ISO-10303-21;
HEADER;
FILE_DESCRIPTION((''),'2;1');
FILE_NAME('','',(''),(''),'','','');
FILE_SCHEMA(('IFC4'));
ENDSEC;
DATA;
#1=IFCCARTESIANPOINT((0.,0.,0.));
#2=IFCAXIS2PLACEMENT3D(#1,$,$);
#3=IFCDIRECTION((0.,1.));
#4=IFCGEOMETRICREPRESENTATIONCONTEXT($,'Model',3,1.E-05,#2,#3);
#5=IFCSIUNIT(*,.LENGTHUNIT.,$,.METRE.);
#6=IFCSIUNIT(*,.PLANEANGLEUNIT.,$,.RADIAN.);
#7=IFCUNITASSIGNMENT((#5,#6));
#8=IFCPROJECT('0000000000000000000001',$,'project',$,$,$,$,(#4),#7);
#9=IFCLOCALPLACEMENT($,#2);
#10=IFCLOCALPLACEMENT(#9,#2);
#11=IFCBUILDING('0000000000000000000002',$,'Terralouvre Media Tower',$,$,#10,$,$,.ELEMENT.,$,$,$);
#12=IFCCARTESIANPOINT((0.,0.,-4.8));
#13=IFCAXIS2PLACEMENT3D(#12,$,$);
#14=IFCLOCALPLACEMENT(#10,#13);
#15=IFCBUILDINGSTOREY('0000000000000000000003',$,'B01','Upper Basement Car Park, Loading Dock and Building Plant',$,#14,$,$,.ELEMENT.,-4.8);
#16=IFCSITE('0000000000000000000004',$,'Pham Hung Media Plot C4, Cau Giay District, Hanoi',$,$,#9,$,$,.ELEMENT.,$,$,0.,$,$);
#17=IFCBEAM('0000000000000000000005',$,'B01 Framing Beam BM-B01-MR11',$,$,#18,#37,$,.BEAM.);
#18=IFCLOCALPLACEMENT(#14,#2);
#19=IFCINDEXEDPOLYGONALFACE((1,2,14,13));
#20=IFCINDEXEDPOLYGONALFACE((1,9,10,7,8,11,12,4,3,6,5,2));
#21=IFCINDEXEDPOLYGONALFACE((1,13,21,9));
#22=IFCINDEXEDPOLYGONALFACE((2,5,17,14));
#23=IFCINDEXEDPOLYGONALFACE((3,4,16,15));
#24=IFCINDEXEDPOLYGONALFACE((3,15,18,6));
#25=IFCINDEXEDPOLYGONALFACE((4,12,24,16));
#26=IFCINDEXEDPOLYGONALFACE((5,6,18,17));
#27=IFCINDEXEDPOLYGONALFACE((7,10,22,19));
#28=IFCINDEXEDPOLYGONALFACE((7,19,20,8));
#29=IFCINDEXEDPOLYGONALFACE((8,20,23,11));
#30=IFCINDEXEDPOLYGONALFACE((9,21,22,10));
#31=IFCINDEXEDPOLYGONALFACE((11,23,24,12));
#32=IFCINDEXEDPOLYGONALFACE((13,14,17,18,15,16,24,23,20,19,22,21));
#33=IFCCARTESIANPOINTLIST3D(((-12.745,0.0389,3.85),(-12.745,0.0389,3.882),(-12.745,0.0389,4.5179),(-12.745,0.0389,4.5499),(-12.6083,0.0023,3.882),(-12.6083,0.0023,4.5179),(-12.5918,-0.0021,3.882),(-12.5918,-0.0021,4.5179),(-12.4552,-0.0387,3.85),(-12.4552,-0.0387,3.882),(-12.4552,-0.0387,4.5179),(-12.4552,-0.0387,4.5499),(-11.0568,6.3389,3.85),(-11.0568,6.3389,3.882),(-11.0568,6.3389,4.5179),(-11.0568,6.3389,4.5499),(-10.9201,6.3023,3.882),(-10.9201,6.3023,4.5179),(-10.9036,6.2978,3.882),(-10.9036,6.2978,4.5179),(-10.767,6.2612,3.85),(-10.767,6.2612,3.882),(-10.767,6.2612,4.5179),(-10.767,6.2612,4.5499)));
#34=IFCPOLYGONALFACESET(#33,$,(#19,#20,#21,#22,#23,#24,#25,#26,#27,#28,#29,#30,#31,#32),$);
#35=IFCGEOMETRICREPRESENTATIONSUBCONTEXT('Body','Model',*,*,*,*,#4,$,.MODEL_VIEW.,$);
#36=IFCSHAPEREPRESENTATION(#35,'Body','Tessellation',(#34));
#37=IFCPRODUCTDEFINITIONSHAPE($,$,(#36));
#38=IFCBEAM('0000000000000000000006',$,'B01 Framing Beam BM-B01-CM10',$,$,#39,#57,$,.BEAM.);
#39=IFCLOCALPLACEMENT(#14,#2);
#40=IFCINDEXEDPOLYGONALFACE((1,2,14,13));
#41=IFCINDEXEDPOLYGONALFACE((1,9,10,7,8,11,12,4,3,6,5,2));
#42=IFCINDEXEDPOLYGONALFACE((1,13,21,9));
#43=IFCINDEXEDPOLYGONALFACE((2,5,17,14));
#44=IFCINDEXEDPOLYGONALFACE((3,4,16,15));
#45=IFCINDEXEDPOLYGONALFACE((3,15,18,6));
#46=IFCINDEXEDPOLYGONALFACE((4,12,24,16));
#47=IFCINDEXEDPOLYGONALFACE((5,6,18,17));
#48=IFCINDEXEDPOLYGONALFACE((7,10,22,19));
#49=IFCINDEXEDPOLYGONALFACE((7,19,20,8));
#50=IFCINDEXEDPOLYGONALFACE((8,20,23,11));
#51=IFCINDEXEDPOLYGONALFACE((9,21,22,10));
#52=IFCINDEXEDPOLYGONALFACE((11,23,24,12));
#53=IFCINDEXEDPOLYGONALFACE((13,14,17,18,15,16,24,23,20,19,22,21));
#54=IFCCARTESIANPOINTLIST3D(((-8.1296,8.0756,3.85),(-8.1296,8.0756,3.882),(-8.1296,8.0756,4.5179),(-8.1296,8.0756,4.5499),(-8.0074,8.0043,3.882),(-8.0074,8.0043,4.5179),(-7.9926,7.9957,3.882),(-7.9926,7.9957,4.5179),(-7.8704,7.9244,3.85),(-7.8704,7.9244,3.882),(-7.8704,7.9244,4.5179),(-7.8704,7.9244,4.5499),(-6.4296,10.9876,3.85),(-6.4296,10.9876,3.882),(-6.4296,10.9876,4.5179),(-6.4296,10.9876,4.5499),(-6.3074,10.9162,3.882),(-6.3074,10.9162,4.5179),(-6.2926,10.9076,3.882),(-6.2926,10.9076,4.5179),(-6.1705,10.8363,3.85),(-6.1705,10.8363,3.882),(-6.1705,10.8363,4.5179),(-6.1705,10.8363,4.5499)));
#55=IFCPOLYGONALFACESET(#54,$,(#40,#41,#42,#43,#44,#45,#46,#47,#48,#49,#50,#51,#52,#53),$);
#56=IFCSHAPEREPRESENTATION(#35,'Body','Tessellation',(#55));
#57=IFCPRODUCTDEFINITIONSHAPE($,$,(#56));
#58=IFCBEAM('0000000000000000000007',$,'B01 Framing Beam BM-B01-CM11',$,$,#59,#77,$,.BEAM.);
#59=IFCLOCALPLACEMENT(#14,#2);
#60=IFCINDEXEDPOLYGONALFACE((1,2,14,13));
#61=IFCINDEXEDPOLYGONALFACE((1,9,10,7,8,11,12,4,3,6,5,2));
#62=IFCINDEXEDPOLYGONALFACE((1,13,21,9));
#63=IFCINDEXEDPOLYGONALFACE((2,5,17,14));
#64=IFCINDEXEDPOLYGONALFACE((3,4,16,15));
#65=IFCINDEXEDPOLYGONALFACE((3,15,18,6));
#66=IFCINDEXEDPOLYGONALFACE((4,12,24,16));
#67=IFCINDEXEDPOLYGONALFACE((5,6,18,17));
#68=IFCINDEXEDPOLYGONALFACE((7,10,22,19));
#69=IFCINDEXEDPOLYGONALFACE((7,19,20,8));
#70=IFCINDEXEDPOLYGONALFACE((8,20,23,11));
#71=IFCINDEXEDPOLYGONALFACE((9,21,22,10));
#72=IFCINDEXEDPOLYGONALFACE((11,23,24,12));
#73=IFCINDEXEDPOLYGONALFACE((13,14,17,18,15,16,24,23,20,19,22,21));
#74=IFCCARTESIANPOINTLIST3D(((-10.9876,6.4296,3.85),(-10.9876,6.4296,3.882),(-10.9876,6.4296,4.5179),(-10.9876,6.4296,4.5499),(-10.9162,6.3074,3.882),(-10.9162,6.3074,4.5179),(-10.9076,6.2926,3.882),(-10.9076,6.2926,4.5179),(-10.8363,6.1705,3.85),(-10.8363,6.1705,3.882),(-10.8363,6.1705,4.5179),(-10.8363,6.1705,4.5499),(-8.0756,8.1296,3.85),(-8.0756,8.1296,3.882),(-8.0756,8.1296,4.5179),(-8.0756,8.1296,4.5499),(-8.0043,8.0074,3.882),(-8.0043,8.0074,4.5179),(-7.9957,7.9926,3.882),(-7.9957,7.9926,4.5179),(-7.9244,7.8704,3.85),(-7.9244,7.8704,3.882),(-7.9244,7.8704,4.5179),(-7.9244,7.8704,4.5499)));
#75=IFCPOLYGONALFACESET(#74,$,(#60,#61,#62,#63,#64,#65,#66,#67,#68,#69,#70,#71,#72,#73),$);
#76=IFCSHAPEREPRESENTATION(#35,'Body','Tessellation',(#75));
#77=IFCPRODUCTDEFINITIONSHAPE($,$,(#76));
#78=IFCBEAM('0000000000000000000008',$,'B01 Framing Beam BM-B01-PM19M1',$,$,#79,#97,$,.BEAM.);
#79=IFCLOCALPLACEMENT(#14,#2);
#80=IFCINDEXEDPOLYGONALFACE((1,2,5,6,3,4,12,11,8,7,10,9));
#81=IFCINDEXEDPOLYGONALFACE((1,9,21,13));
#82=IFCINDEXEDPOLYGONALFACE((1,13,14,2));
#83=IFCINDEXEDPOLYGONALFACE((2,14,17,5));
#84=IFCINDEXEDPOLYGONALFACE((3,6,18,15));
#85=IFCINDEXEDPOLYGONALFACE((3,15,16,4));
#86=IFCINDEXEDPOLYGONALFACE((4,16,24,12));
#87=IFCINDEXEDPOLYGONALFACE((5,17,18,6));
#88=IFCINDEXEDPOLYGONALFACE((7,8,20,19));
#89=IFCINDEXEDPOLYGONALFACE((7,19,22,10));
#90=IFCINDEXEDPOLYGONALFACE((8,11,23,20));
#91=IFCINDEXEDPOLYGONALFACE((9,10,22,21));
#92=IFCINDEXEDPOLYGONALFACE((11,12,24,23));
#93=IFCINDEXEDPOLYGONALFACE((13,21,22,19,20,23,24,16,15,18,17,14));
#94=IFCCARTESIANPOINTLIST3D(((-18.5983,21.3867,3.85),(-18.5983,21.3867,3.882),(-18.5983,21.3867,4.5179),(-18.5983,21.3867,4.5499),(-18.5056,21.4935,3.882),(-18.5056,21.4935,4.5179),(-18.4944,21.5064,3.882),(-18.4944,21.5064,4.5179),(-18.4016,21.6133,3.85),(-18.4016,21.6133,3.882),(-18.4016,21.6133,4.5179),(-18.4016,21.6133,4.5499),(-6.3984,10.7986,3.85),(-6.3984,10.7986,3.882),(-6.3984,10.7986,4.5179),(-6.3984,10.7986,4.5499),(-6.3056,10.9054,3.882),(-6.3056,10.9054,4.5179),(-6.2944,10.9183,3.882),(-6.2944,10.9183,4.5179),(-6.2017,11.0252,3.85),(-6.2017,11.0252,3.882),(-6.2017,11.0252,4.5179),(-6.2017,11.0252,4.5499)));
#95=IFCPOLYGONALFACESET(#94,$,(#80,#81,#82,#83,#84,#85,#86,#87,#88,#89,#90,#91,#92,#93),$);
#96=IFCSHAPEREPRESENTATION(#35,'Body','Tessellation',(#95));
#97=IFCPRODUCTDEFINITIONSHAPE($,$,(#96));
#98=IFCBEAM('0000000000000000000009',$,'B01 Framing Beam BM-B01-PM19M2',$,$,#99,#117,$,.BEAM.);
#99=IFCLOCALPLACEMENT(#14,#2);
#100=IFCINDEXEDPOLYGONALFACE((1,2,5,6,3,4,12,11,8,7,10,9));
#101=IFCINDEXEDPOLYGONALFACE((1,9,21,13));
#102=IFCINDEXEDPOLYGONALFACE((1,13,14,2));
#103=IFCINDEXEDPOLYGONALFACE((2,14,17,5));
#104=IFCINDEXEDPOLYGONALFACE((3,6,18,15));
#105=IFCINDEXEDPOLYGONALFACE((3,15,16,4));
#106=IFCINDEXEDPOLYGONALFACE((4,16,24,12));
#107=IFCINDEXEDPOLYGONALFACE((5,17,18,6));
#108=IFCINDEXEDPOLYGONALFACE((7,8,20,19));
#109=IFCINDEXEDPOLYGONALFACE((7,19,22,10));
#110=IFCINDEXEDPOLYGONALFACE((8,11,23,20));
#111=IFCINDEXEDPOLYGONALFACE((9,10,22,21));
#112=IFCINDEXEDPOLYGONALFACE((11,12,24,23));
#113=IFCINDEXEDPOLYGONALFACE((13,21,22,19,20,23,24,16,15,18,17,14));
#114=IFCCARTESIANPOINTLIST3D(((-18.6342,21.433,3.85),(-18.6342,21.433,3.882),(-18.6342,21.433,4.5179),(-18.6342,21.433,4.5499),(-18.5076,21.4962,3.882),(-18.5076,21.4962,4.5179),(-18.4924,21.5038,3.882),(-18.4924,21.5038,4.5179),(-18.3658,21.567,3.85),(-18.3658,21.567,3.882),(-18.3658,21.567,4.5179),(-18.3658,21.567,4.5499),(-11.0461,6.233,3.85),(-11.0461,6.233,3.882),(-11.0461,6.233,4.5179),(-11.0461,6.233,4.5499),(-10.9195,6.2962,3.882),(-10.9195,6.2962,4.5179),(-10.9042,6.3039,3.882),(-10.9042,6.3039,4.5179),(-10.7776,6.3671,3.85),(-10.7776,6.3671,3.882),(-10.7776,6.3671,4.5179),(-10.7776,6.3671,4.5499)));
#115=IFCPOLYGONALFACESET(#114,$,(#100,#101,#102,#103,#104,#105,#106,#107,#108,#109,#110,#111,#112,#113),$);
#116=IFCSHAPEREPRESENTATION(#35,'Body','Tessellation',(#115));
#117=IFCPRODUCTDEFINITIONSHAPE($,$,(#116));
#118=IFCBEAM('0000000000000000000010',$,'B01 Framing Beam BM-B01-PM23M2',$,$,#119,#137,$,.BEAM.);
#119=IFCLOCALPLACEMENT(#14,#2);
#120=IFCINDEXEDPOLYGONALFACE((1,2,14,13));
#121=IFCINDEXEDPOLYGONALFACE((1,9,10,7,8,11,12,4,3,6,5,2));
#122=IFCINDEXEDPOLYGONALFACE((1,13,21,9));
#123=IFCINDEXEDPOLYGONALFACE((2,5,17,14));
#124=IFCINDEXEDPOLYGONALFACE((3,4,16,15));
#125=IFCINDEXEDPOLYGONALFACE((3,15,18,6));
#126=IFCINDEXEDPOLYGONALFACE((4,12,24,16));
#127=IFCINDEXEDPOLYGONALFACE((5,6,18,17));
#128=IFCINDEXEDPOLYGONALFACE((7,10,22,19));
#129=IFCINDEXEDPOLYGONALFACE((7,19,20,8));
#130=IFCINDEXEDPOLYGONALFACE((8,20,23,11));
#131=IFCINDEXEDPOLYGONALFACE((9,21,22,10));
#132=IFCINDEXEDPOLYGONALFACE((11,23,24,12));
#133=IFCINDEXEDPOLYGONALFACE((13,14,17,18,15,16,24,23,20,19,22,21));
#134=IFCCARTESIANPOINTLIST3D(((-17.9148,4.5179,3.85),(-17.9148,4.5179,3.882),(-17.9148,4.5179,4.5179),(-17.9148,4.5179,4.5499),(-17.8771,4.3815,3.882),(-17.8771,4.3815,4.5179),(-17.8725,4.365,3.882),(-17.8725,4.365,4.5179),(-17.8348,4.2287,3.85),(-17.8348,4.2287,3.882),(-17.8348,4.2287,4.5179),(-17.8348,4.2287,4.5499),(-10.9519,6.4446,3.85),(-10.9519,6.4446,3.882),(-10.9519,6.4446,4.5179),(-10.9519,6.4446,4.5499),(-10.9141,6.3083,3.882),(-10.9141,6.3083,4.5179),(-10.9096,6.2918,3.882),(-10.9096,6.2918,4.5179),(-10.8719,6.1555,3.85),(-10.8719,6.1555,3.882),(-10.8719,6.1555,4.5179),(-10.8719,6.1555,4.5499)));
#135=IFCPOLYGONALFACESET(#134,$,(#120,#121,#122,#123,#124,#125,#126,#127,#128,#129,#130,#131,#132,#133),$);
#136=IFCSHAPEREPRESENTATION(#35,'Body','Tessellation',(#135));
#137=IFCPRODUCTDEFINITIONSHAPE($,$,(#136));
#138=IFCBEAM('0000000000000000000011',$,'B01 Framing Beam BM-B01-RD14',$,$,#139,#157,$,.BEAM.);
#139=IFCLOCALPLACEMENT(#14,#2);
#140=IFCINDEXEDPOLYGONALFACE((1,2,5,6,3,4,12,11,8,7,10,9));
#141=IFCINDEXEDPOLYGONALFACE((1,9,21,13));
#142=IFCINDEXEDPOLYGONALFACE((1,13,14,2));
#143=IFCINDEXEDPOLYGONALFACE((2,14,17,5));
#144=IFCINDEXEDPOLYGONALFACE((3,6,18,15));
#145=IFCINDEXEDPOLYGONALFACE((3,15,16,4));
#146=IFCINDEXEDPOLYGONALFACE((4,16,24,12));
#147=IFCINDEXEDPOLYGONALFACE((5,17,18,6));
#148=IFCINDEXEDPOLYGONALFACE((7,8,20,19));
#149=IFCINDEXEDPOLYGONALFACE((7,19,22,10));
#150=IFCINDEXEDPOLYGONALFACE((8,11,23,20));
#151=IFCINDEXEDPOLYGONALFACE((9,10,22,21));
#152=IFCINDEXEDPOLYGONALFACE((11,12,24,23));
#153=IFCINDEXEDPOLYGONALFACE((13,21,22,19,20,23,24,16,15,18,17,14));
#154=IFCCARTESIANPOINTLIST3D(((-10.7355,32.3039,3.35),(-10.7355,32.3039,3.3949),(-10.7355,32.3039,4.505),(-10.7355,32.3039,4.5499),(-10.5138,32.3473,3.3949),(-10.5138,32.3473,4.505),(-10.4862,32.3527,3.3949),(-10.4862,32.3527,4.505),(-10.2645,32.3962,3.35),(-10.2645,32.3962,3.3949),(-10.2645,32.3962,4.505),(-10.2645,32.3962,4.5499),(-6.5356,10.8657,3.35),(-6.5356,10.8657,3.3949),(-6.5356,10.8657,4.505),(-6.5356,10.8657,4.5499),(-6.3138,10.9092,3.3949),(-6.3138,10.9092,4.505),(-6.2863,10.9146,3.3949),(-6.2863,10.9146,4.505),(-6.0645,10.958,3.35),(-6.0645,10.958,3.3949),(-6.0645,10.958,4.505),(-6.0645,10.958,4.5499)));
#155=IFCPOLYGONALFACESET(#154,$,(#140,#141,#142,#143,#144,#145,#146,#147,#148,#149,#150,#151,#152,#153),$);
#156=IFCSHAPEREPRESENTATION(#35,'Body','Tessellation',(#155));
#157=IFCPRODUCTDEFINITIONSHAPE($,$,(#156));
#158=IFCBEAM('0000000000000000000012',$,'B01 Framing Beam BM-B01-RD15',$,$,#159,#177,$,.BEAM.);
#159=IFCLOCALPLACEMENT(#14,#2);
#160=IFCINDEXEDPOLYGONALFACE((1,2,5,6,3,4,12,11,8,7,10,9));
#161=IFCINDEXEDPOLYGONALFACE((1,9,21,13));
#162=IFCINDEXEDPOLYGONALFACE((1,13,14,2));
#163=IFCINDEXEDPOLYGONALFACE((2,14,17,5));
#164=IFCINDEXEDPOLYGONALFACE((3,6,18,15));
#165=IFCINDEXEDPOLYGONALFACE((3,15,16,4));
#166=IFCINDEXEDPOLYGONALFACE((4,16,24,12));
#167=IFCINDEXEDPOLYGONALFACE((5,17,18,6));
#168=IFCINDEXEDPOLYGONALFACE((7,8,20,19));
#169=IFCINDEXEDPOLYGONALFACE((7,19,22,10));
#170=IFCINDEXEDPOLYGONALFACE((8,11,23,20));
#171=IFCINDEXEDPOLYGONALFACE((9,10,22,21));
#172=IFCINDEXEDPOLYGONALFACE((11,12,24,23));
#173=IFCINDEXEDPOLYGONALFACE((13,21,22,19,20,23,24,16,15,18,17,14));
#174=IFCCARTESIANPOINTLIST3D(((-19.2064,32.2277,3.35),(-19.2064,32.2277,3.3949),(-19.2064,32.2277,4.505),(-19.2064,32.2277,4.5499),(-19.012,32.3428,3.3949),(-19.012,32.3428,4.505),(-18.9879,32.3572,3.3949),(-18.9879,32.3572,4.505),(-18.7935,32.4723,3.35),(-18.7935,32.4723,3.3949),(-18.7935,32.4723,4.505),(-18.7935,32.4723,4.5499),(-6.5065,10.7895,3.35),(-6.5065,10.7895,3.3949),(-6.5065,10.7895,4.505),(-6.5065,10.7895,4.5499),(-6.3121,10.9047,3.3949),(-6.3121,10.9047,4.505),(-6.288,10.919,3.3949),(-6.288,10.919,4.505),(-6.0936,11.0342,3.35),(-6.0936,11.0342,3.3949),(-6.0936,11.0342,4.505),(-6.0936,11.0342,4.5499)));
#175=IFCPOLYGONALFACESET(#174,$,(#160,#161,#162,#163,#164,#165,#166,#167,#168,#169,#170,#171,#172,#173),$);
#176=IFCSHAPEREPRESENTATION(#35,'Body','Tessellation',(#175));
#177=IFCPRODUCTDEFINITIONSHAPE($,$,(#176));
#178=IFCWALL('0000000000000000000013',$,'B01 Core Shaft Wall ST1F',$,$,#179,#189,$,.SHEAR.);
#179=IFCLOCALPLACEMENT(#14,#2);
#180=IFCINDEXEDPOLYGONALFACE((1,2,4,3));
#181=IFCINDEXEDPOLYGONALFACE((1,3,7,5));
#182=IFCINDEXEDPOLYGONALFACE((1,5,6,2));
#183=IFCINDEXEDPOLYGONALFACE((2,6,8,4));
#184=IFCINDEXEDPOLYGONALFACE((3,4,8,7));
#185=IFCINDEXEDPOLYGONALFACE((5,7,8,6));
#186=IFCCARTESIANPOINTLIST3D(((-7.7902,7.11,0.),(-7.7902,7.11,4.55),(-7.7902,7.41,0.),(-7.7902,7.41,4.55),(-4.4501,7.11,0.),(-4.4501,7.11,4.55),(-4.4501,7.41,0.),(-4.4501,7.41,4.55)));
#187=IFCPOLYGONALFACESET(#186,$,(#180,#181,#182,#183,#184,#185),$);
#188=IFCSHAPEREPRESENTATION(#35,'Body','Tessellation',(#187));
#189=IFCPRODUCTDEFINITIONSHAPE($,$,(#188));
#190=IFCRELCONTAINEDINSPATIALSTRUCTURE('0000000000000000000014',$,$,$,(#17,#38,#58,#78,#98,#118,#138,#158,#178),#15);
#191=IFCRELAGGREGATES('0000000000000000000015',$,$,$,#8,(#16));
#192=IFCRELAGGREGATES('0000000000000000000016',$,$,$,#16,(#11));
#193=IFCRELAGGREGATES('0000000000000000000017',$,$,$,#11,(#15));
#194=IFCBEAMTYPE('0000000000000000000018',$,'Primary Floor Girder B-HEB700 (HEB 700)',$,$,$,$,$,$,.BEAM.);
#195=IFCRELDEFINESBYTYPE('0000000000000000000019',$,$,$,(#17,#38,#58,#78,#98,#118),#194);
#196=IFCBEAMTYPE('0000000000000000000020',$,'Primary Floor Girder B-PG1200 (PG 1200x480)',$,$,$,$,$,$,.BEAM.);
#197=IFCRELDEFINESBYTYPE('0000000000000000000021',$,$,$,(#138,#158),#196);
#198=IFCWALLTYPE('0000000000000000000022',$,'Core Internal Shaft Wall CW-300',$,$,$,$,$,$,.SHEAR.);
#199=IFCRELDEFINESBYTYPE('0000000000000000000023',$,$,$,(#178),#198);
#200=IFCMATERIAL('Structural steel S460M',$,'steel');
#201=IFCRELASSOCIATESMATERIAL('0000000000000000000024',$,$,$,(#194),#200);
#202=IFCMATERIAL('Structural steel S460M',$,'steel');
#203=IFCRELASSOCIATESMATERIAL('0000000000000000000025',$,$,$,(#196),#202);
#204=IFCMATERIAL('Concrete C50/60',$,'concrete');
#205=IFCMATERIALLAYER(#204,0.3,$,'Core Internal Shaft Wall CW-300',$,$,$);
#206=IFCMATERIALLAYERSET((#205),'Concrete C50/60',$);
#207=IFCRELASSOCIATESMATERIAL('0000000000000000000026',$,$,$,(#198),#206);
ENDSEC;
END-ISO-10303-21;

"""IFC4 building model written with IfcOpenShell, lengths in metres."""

from ifc_helpers import new_model, si_unit, direction, frame, frame_2d, origin, origin_2d, place, context, subcontext, project, spatial, rectangle, i_section, extrude, material, layer, layer_set, material_profile, profile_set, type_object, element, save


model = new_model("IFC4")

# Units and contexts
model_context = context("Model", 3, precision=1e-05, world=origin(), true_north=direction((0.0, 1.0)))
body_context = subcontext(model_context, "Body", "Model", "MODEL_VIEW")
ifc_project = project(units=[si_unit("LENGTHUNIT", "METRE"), si_unit("PLANEANGLEUNIT", "RADIAN")], contexts=[model_context])

# Site, building, storey
site_placement = place(None, origin())
site = spatial("IfcSite", under=ifc_project, at=site_placement, Name="Pham Hung Media Plot C4, Cau Giay District, Hanoi", CompositionType="ELEMENT", RefElevation=0.0)
building_placement = place(site_placement, origin())
building = spatial("IfcBuilding", under=site, at=building_placement, Name="Terralouvre Media Tower", CompositionType="ELEMENT")
storey_placement = place(building_placement, frame((0.0, 0.0, -4.8)))
storey = spatial("IfcBuildingStorey", under=building, at=storey_placement, Name="B01", Description="Upper Basement Car Park, Loading Dock and Building Plant", CompositionType="ELEMENT", Elevation=-4.8)

# Beams
ifc_material_1 = material(Name="Structural steel S460M", Category="steel")
ifc_material_profile_1 = material_profile(ifc_material_1, i_section(OverallWidth=0.3, OverallDepth=0.7, WebThickness=0.0171, FlangeThickness=0.032, at=origin_2d()), Name="HEB 700")
ifc_profile_set_1 = profile_set([ifc_material_profile_1], Name="Structural steel S460M")
beam_type_1 = type_object("IfcBeamType", Name="Primary Floor Girder B-HEB700 (HEB 700)", PredefinedType="BEAM", material=ifc_profile_set_1)
beam_1_placement = place(storey_placement, frame((-10.9119, 6.3, 4.2), z_axis=(-0.258839, -0.96592, 0.0), x_axis=(0.96592, -0.258839, 0.0)))
element("IfcBeam", 1, at=beam_1_placement, inside=storey, type_object=beam_type_1, Name="B01 Framing Beam BM-B01-MR11", PredefinedType="BEAM", context=body_context, shape_type="SweptSolid", body=[
    extrude(i_section(OverallWidth=0.3, OverallDepth=0.7, WebThickness=0.0171, FlangeThickness=0.032, at=origin_2d()), origin(), (0.0, 0.0, 1.0), 6.5222),
])
for number, where, z_axis, x_axis, name in (
    (2, (-8.0, 8.0, 4.2), (0.504173, 0.863603, 0.0), (-0.863603, 0.504173, 0.0), "B01 Framing Beam BM-B01-CM10"),
    (3, (-8.0, 8.0, 4.2), (-0.863603, -0.504173, 0.0), (0.504173, -0.863603, 0.0), "B01 Framing Beam BM-B01-CM11"),
):
    element("IfcBeam", number, at=place(storey_placement, frame(where, z_axis=z_axis, x_axis=x_axis)), inside=storey, type_object=beam_type_1, Name=name, PredefinedType="BEAM", context=body_context, shape_type="SweptSolid", body=[
        extrude(i_section(OverallWidth=0.3, OverallDepth=0.7, WebThickness=0.0171, FlangeThickness=0.032, at=origin_2d()), origin(), (0.0, 0.0, 1.0), 3.3718),
    ])
beam_2_placement = place(storey_placement, frame((-6.3, 10.9119, 4.2), z_axis=(-0.755234, 0.655455, 0.0), x_axis=(-0.655455, -0.755234, 0.0)))
element("IfcBeam", 4, at=beam_2_placement, inside=storey, type_object=beam_type_1, Name="B01 Framing Beam BM-B01-PM19M1", PredefinedType="BEAM", context=body_context, shape_type="SweptSolid", body=[
    extrude(i_section(OverallWidth=0.3, OverallDepth=0.7, WebThickness=0.0171, FlangeThickness=0.032, at=origin_2d()), origin(), (0.0, 0.0, 1.0), 16.1538),
])
beam_3_placement = place(storey_placement, frame((-10.9119, 6.3, 4.2), z_axis=(-0.446656, 0.894706, 0.0), x_axis=(-0.894706, -0.446656, 0.0)))
element("IfcBeam", 5, at=beam_3_placement, inside=storey, type_object=beam_type_1, Name="B01 Framing Beam BM-B01-PM19M2", PredefinedType="BEAM", context=body_context, shape_type="SweptSolid", body=[
    extrude(i_section(OverallWidth=0.3, OverallDepth=0.7, WebThickness=0.0171, FlangeThickness=0.032, at=origin_2d()), origin(), (0.0, 0.0, 1.0), 16.9888),
])
beam_4_placement = place(storey_placement, frame((-10.9119, 6.3, 4.2), z_axis=(-0.963781, -0.266696, 0.0), x_axis=(0.266696, -0.963781, 0.0)))
element("IfcBeam", 6, at=beam_4_placement, inside=storey, type_object=beam_type_1, Name="B01 Framing Beam BM-B01-PM23M2", PredefinedType="BEAM", context=body_context, shape_type="SweptSolid", body=[
    extrude(i_section(OverallWidth=0.3, OverallDepth=0.7, WebThickness=0.0171, FlangeThickness=0.032, at=origin_2d()), origin(), (0.0, 0.0, 1.0), 7.2246),
])
ifc_material_2 = material(Name="Structural steel S460M", Category="steel")
ifc_material_profile_2 = material_profile(ifc_material_2, i_section(OverallWidth=0.48, OverallDepth=1.2, WebThickness=0.0281, FlangeThickness=0.0449, at=origin_2d()), Name="PG 1200x480")
ifc_profile_set_2 = profile_set([ifc_material_profile_2], Name="Structural steel S460M")
beam_type_2 = type_object("IfcBeamType", Name="Primary Floor Girder B-PG1200 (PG 1200x480)", PredefinedType="BEAM", material=ifc_profile_set_2)
beam_5_placement = place(storey_placement, frame((-6.3, 10.9119, 3.95), z_axis=(-0.192255, 0.981345, 0.0), x_axis=(-0.981345, -0.192255, 0.0)))
element("IfcBeam", 7, at=beam_5_placement, inside=storey, type_object=beam_type_2, Name="B01 Framing Beam BM-B01-RD14", PredefinedType="BEAM", context=body_context, shape_type="SweptSolid", body=[
    extrude(i_section(OverallWidth=0.48, OverallDepth=1.2, WebThickness=0.0281, FlangeThickness=0.0449, at=origin_2d()), origin(), (0.0, 0.0, 1.0), 21.8457),
])
beam_6_placement = place(storey_placement, frame((-6.3, 10.9119, 3.95), z_axis=(-0.509678, 0.860365, 0.0), x_axis=(-0.860365, -0.509678, 0.0)))
element("IfcBeam", 8, at=beam_6_placement, inside=storey, type_object=beam_type_2, Name="B01 Framing Beam BM-B01-RD15", PredefinedType="BEAM", context=body_context, shape_type="SweptSolid", body=[
    extrude(i_section(OverallWidth=0.48, OverallDepth=1.2, WebThickness=0.0281, FlangeThickness=0.0449, at=origin_2d()), origin(), (0.0, 0.0, 1.0), 24.9175),
])

# Wall
ifc_material_3 = material(Name="Concrete C50/60", Category="concrete")
ifc_layer_1 = layer(ifc_material_3, 0.3, Name="Core Internal Shaft Wall CW-300")
ifc_layer_set_1 = layer_set([ifc_layer_1], Name="Concrete C50/60")
wall_type_1 = type_object("IfcWallType", Name="Core Internal Shaft Wall CW-300", PredefinedType="SHEAR", material=ifc_layer_set_1)
wall_1_placement = place(storey_placement, frame((-7.79, 7.26, 0.0), z_axis=(0.0, 0.0, 1.0), x_axis=(1.0, 0.0, 0.0)))
element("IfcWall", 9, at=wall_1_placement, inside=storey, type_object=wall_type_1, Name="B01 Core Shaft Wall ST1F", PredefinedType="SHEAR", context=body_context, shape_type="SweptSolid", body=[
    extrude(rectangle(XDim=3.3401, YDim=0.3, at=frame_2d((1.6699, 0.0))), origin(), (0.0, 0.0, 1.0), 4.55),
])

save(model, "model.ifc")
